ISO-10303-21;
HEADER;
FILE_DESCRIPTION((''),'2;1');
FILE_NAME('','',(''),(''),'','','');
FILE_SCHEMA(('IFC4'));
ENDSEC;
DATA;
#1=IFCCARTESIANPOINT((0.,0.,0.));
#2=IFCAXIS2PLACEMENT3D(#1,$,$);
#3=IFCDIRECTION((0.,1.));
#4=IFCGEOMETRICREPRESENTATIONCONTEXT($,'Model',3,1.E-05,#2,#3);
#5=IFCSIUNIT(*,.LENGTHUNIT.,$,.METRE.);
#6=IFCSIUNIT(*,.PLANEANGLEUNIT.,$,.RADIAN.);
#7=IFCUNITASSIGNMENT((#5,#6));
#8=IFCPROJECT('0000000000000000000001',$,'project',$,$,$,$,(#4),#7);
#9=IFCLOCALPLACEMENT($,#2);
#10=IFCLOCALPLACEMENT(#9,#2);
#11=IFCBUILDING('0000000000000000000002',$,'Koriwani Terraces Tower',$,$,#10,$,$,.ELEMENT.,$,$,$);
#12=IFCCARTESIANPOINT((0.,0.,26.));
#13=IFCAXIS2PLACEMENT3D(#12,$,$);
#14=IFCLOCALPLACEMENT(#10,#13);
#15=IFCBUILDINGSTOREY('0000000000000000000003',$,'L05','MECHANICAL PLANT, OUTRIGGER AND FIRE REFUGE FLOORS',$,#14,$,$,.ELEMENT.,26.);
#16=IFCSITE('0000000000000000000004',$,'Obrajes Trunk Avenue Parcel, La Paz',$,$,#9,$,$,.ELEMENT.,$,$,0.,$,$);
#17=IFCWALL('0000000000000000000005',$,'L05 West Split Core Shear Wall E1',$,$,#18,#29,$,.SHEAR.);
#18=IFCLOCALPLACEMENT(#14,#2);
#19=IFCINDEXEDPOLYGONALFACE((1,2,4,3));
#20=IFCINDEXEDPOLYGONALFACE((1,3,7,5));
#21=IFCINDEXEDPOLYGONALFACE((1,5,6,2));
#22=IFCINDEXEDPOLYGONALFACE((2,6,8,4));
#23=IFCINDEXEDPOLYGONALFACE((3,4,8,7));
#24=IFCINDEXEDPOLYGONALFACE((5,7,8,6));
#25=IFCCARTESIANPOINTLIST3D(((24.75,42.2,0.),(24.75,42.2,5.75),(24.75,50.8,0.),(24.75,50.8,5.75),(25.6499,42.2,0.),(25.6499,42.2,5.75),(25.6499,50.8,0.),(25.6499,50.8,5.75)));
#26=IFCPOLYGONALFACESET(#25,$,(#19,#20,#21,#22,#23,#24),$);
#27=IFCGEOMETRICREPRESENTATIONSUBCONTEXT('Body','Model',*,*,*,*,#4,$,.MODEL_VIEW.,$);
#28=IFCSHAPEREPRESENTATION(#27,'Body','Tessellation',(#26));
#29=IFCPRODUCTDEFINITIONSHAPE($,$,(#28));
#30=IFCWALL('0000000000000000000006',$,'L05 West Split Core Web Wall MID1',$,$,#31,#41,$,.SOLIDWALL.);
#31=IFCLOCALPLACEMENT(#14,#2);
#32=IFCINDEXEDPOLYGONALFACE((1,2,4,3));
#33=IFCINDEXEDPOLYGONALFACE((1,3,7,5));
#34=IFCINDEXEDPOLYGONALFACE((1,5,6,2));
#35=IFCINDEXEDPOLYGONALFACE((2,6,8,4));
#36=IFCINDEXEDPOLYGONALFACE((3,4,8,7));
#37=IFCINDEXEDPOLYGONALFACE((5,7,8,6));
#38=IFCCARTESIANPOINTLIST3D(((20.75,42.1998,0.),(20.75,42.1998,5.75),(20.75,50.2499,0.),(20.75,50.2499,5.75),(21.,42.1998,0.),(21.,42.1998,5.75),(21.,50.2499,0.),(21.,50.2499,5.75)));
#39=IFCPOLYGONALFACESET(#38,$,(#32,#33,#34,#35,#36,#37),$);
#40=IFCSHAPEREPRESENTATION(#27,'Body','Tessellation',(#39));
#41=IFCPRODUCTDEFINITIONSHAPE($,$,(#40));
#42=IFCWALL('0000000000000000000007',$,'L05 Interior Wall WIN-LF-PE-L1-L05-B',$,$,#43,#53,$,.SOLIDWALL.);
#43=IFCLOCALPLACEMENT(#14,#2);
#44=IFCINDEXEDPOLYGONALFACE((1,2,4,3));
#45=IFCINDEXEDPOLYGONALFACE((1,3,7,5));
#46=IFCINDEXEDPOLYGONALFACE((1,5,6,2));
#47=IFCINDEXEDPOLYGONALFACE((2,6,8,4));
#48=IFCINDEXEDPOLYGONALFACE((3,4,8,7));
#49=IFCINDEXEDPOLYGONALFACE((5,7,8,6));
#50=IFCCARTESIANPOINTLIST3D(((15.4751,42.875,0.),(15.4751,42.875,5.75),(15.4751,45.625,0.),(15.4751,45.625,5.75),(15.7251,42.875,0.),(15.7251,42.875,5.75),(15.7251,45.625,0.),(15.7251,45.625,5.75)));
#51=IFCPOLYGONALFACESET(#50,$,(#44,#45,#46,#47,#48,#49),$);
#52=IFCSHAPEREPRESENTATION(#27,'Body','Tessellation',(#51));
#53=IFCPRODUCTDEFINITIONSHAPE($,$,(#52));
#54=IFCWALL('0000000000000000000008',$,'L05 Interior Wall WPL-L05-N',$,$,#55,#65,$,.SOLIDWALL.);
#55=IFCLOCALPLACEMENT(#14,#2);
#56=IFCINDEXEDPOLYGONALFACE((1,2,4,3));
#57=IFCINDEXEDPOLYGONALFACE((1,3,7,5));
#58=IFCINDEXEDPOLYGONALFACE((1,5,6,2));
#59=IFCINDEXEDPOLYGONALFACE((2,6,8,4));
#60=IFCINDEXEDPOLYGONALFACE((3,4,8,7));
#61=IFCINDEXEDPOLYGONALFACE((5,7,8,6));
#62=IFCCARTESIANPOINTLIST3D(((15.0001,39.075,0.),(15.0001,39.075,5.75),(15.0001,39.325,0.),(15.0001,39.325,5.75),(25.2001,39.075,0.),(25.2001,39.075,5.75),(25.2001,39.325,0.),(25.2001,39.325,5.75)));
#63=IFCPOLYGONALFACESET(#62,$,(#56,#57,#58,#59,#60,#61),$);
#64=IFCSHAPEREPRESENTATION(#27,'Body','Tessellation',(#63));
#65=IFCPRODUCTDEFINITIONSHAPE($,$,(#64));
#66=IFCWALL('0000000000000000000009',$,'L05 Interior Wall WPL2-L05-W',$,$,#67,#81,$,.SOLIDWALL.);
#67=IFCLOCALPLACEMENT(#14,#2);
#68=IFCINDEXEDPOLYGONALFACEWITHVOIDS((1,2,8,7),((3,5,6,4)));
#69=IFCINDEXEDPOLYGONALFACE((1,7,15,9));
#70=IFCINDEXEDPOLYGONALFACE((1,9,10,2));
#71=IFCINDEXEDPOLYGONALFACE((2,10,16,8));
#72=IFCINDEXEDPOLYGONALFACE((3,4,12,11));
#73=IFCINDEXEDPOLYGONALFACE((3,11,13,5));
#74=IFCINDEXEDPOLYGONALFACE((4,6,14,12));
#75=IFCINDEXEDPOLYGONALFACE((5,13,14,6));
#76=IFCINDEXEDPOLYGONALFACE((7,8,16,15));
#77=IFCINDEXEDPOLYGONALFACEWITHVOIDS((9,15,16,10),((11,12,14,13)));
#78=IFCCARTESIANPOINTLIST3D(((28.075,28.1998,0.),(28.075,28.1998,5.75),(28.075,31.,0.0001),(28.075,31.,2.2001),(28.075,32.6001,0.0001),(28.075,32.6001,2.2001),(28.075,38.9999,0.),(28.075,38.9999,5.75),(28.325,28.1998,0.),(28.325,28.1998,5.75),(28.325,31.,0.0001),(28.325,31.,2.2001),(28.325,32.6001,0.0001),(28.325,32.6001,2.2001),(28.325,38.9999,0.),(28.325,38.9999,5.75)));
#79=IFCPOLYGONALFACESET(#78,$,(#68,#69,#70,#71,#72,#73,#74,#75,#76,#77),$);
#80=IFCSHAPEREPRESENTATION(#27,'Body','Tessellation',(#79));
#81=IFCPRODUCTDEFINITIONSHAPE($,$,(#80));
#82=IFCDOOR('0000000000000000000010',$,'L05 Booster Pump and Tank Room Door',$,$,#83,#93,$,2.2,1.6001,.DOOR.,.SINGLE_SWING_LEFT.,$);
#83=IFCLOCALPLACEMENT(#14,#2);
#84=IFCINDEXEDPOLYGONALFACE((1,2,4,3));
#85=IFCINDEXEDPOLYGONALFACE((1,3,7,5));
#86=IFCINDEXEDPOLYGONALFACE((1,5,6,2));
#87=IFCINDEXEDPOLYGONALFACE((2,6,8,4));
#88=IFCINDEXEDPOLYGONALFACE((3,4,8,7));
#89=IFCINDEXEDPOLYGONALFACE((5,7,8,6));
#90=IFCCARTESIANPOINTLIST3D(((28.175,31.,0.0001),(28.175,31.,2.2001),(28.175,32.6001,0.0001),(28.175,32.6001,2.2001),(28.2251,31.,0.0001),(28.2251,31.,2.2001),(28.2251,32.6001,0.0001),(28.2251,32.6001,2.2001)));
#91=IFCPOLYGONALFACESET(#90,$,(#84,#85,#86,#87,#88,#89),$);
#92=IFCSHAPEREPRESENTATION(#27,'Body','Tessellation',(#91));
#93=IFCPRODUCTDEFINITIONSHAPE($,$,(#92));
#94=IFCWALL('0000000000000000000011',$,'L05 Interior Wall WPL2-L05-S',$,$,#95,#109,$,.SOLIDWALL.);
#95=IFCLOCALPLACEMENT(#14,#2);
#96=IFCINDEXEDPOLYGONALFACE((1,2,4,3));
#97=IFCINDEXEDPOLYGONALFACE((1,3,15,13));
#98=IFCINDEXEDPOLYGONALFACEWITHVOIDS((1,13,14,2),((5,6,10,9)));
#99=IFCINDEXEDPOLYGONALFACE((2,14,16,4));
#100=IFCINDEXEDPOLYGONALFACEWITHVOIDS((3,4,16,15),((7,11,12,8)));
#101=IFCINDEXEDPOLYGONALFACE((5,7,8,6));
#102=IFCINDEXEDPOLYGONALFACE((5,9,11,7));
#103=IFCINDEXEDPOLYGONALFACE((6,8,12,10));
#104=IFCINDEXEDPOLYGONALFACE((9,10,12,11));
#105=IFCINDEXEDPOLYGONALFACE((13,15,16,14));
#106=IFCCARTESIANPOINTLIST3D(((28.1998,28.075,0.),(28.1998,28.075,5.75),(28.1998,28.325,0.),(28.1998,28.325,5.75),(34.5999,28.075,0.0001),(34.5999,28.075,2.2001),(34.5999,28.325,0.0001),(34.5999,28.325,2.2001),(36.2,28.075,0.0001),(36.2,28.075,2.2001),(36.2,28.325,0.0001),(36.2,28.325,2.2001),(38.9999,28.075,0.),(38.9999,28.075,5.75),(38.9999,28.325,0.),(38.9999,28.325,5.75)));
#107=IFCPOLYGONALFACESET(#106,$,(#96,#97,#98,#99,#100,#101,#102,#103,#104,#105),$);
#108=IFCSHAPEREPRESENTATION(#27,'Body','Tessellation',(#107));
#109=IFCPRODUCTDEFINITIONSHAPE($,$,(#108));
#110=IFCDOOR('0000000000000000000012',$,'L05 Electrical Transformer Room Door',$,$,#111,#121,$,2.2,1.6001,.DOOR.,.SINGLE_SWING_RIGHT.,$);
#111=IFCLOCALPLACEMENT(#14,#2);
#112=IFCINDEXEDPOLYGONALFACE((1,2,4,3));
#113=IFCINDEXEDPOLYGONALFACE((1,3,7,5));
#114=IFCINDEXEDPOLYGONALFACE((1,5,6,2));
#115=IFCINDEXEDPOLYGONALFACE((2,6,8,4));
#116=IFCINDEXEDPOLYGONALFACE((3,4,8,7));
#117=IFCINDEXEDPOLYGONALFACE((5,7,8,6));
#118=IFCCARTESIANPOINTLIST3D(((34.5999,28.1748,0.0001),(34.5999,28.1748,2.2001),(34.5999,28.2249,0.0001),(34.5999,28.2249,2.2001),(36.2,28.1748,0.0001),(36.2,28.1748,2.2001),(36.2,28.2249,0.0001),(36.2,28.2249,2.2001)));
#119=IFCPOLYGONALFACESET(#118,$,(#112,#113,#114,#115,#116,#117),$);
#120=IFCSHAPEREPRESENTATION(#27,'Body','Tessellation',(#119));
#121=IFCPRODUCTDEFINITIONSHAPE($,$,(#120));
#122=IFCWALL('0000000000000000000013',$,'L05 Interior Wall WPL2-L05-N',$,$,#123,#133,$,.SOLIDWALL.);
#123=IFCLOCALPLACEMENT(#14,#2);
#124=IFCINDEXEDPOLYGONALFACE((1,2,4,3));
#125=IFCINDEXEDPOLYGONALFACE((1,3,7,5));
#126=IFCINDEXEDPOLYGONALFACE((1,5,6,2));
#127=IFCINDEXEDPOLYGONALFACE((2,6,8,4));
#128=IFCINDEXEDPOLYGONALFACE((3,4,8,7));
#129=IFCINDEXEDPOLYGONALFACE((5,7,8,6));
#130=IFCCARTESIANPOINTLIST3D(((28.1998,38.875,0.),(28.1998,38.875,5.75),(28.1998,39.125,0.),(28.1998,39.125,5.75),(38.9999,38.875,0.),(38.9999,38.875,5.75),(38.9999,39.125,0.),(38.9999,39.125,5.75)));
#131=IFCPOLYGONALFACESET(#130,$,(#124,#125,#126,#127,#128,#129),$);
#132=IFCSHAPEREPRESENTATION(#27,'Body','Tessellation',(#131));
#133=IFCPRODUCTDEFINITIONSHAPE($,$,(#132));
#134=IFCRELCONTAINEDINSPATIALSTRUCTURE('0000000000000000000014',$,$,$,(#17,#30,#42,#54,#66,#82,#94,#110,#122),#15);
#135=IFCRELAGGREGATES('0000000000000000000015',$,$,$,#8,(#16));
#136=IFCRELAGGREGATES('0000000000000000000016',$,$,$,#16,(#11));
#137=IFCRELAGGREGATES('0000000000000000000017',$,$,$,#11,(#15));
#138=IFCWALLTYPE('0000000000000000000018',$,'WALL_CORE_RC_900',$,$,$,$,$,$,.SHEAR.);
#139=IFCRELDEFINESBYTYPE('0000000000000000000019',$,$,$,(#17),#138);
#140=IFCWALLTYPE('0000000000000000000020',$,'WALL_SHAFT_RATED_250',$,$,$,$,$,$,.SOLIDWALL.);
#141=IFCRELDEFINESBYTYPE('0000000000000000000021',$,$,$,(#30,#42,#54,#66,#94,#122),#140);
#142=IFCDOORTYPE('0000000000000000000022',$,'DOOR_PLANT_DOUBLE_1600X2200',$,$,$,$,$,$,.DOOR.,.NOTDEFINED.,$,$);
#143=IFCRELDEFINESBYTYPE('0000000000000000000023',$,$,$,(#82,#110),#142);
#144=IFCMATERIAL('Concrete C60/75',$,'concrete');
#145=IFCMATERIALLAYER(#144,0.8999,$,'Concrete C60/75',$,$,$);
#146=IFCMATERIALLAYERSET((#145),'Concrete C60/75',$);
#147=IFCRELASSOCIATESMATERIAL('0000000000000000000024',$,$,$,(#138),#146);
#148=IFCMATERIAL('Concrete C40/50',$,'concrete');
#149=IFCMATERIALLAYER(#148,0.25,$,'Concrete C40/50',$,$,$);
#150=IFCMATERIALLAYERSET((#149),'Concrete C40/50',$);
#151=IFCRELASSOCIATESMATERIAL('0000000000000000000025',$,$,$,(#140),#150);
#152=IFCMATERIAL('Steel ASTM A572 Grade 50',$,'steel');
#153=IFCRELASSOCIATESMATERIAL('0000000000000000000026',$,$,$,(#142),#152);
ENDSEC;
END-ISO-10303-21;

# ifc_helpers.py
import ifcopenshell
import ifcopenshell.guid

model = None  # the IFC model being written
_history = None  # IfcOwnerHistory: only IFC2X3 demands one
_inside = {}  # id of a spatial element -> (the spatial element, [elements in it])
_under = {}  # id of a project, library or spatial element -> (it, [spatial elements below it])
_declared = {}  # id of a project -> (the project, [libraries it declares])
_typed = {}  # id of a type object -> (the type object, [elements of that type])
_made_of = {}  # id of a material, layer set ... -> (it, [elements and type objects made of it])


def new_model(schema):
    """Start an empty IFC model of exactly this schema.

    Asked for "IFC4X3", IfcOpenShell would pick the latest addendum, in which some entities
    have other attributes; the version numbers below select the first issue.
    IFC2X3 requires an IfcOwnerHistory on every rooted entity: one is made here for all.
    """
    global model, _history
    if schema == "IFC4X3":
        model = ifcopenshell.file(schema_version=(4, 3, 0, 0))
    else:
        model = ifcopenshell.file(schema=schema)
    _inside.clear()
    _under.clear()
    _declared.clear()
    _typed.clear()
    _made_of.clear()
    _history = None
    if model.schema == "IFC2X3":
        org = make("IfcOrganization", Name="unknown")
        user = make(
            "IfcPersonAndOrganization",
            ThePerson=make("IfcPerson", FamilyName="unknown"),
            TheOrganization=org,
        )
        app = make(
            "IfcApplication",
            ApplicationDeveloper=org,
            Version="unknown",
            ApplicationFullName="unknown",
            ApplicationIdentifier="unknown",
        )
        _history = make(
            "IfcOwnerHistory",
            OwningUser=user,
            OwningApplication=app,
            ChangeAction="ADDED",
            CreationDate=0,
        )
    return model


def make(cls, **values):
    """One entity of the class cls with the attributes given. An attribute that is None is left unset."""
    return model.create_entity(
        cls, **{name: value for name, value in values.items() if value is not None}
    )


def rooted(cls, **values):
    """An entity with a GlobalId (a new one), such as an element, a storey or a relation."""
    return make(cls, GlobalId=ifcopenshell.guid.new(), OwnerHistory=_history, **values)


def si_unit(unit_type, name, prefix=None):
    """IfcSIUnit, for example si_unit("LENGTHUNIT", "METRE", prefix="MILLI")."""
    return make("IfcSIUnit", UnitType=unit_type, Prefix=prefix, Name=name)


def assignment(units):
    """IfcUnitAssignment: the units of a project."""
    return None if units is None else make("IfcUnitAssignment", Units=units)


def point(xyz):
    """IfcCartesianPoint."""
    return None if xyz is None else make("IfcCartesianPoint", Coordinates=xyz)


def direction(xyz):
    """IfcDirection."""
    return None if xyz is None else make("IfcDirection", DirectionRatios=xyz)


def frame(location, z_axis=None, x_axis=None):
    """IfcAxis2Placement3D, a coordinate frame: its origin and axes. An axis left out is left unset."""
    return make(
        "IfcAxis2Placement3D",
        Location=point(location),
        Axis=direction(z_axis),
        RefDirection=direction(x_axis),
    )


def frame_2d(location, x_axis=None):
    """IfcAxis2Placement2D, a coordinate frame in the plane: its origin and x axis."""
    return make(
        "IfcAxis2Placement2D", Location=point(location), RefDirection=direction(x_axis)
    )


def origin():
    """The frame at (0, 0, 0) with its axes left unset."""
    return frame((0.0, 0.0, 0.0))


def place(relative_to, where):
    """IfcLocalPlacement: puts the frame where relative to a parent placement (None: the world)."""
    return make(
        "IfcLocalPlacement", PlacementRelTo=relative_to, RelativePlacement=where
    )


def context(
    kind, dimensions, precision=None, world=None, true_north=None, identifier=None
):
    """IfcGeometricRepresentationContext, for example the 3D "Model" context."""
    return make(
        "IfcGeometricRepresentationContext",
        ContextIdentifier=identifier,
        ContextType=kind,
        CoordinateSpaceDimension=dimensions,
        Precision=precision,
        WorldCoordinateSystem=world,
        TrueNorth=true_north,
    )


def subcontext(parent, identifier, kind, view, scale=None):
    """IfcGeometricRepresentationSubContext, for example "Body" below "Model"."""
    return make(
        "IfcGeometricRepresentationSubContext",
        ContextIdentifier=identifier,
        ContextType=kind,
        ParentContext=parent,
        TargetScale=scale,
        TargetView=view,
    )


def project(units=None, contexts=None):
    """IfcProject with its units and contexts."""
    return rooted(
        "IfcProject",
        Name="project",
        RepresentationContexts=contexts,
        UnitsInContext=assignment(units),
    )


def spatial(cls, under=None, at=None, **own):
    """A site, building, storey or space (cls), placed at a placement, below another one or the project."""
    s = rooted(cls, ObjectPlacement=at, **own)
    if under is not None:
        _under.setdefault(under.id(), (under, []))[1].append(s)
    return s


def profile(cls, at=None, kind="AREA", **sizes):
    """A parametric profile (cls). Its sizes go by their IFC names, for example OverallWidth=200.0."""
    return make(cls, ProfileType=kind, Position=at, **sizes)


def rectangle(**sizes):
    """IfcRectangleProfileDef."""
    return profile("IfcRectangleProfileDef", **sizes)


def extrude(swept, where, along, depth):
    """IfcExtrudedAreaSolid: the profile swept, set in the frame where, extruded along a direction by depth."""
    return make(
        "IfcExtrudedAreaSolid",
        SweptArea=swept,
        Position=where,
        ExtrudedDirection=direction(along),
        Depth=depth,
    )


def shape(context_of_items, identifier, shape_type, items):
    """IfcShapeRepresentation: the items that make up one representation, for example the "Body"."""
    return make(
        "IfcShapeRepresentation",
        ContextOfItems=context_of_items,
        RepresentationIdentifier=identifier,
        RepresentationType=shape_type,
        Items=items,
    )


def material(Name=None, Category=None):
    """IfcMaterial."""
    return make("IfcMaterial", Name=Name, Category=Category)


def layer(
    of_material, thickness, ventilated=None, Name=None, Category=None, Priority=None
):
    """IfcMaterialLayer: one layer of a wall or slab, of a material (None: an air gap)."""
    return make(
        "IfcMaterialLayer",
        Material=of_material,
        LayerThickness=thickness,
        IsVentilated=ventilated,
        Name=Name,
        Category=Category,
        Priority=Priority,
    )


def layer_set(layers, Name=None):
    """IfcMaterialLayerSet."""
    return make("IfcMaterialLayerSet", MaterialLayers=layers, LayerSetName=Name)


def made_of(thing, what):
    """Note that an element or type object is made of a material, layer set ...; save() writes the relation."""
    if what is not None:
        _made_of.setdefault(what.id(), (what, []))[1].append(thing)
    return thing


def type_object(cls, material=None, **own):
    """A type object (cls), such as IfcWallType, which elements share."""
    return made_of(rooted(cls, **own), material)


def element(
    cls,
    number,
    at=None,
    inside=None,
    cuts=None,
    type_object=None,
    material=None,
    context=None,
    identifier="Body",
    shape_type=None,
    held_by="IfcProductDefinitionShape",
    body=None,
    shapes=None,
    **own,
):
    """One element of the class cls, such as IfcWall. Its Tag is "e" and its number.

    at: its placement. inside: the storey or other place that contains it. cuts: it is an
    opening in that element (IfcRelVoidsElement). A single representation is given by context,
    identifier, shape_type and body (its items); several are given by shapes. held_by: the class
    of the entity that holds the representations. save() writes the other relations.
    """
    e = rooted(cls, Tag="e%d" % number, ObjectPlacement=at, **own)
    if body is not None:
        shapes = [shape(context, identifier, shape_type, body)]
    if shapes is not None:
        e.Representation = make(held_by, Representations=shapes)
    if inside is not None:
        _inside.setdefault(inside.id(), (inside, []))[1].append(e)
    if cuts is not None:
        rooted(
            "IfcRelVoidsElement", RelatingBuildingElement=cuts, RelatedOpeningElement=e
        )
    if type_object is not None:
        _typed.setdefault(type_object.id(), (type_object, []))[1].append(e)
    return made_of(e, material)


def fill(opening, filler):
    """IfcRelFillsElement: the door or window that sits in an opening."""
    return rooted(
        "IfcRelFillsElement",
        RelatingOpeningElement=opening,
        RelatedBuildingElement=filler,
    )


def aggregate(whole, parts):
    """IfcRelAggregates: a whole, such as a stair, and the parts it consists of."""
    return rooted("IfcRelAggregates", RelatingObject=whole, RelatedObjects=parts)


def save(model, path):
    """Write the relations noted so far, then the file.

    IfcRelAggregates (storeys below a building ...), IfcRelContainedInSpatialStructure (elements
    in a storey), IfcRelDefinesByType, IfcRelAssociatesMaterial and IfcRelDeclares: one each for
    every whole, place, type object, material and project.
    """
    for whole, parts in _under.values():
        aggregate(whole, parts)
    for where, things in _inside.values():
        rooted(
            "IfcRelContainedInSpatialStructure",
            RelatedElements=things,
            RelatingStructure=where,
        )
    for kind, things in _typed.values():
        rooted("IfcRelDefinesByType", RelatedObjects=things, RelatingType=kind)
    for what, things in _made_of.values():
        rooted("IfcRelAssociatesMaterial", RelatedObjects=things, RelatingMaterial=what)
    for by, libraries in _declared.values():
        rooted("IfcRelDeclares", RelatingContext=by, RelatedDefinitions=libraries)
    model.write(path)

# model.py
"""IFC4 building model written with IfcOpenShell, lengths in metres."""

from ifc_helpers import new_model, si_unit, direction, frame, frame_2d, origin, place, context, subcontext, project, spatial, rectangle, extrude, material, layer, layer_set, type_object, element, fill, save


model = new_model("IFC4")

# Units and contexts
model_context = context("Model", 3, precision=1e-05, world=origin(), true_north=direction((0.0, 1.0)))
body_context = subcontext(model_context, "Body", "Model", "MODEL_VIEW")
ifc_project = project(units=[si_unit("LENGTHUNIT", "METRE"), si_unit("PLANEANGLEUNIT", "RADIAN")], contexts=[model_context])

# Site, building, storey
site_placement = place(None, origin())
site = spatial("IfcSite", under=ifc_project, at=site_placement, Name="Obrajes Trunk Avenue Parcel, La Paz", CompositionType="ELEMENT", RefElevation=0.0)
building_placement = place(site_placement, origin())
building = spatial("IfcBuilding", under=site, at=building_placement, Name="Koriwani Terraces Tower", CompositionType="ELEMENT")
storey_placement = place(building_placement, frame((0.0, 0.0, 26.0)))
storey = spatial("IfcBuildingStorey", under=building, at=storey_placement, Name="L05", Description="MECHANICAL PLANT, OUTRIGGER AND FIRE REFUGE FLOORS", CompositionType="ELEMENT", Elevation=26.0)

# Shared definitions
ifc_material_1 = material(Name="Concrete C60/75", Category="concrete")

# Shared definitions
ifc_material_2 = material(Name="Concrete C40/50", Category="concrete")

# Shared definitions
ifc_material_3 = material(Name="Steel ASTM A572 Grade 50", Category="steel")

# Walls
ifc_layer_1 = layer(ifc_material_1, 0.8999, Name="Concrete C60/75")
ifc_layer_set_1 = layer_set([ifc_layer_1], Name="Concrete C60/75")
wall_type_1 = type_object("IfcWallType", Name="WALL_CORE_RC_900", PredefinedType="SHEAR", material=ifc_layer_set_1)
wall_1_placement = place(storey_placement, frame((25.2, 42.2, 0.0), z_axis=(0.0, 0.0, 1.0), x_axis=(0.0, 1.0, 0.0)))
element("IfcWall", 1, at=wall_1_placement, inside=storey, type_object=wall_type_1, Name="L05 West Split Core Shear Wall E1", PredefinedType="SHEAR", context=body_context, shape_type="SweptSolid", body=[
    extrude(rectangle(XDim=8.6001, YDim=0.8999, at=frame_2d((4.3, 0.0))), origin(), (0.0, 0.0, 1.0), 5.75),
])
ifc_layer_2 = layer(ifc_material_2, 0.25, Name="Concrete C40/50")
ifc_layer_set_2 = layer_set([ifc_layer_2], Name="Concrete C40/50")
wall_type_2 = type_object("IfcWallType", Name="WALL_SHAFT_RATED_250", PredefinedType="SOLIDWALL", material=ifc_layer_set_2)
wall_2_placement = place(storey_placement, frame((20.875, 42.2, 0.0), z_axis=(0.0, 0.0, 1.0), x_axis=(0.0, 1.0, 0.0)))
element("IfcWall", 2, at=wall_2_placement, inside=storey, type_object=wall_type_2, Name="L05 West Split Core Web Wall MID1", PredefinedType="SOLIDWALL", context=body_context, shape_type="SweptSolid", body=[
    extrude(rectangle(XDim=8.05, YDim=0.25, at=frame_2d((4.0249, 0.0))), origin(), (0.0, 0.0, 1.0), 5.75),
])

# Walls
wall_3_placement = place(storey_placement, frame((15.6001, 42.875, 0.0), z_axis=(0.0, 0.0, 1.0), x_axis=(0.0, 1.0, 0.0)))
element("IfcWall", 3, at=wall_3_placement, inside=storey, type_object=wall_type_2, Name="L05 Interior Wall WIN-LF-PE-L1-L05-B", PredefinedType="SOLIDWALL", context=body_context, shape_type="SweptSolid", body=[
    extrude(rectangle(XDim=2.75, YDim=0.25, at=frame_2d((1.375, 0.0))), origin(), (0.0, 0.0, 1.0), 5.75),
])
wall_4_placement = place(storey_placement, frame((15.0, 39.2, 0.0), z_axis=(0.0, 0.0, 1.0), x_axis=(1.0, 0.0, 0.0)))
element("IfcWall", 4, at=wall_4_placement, inside=storey, type_object=wall_type_2, Name="L05 Interior Wall WPL-L05-N", PredefinedType="SOLIDWALL", context=body_context, shape_type="SweptSolid", body=[
    extrude(rectangle(XDim=10.2, YDim=0.25, at=frame_2d((5.1001, 0.0))), origin(), (0.0, 0.0, 1.0), 5.75),
])

# Walls, openings, doors
wall_5_placement = place(storey_placement, frame((28.2, 28.2, 0.0), z_axis=(0.0, 0.0, 1.0), x_axis=(0.0, 1.0, 0.0)))
wall_5 = element("IfcWall", 5, at=wall_5_placement, inside=storey, type_object=wall_type_2, Name="L05 Interior Wall WPL2-L05-W", PredefinedType="SOLIDWALL", context=body_context, shape_type="SweptSolid", body=[
    extrude(rectangle(XDim=10.8, YDim=0.25, at=frame_2d((5.3999, 0.0))), origin(), (0.0, 0.0, 1.0), 5.75),
])
opening_1_placement = place(wall_5_placement, frame((2.8, 0.0, 0.0)))
opening_1 = element("IfcOpeningElement", 6, at=opening_1_placement, cuts=wall_5, PredefinedType="OPENING", context=body_context, shape_type="SweptSolid", body=[
    extrude(rectangle(XDim=1.6001, YDim=2.2, at=frame_2d((0.8, 1.1001))), frame((0.0, 0.135, 0.0), z_axis=(0.0, -1.0, 0.0), x_axis=(1.0, 0.0, 0.0)), (0.0, 0.0, 1.0), 0.27),
])
door_type_1 = type_object("IfcDoorType", Name="DOOR_PLANT_DOUBLE_1600X2200", OperationType="NOTDEFINED", PredefinedType="DOOR", material=ifc_material_3)
door_1_placement = place(opening_1_placement, origin())
door_1 = element("IfcDoor", 7, at=door_1_placement, inside=storey, type_object=door_type_1, Name="L05 Booster Pump and Tank Room Door", OperationType="SINGLE_SWING_LEFT", OverallHeight=2.2, OverallWidth=1.6001, PredefinedType="DOOR", context=body_context, shape_type="SweptSolid", body=[
    extrude(rectangle(XDim=1.6001, YDim=2.2, at=frame_2d((0.8, 1.1001))), frame((0.0, 0.0249, 0.0), z_axis=(0.0, -1.0, 0.0), x_axis=(1.0, 0.0, 0.0)), (0.0, 0.0, 1.0), 0.05),
])
fill(opening_1, door_1)
wall_6_placement = place(storey_placement, frame((28.2, 28.2, 0.0), z_axis=(0.0, 0.0, 1.0), x_axis=(1.0, 0.0, 0.0)))
wall_6 = element("IfcWall", 8, at=wall_6_placement, inside=storey, type_object=wall_type_2, Name="L05 Interior Wall WPL2-L05-S", PredefinedType="SOLIDWALL", context=body_context, shape_type="SweptSolid", body=[
    extrude(rectangle(XDim=10.8, YDim=0.25, at=frame_2d((5.3999, 0.0))), origin(), (0.0, 0.0, 1.0), 5.75),
])
opening_2_placement = place(wall_6_placement, frame((6.3999, 0.0, 0.0)))
opening_2 = element("IfcOpeningElement", 9, at=opening_2_placement, cuts=wall_6, PredefinedType="OPENING", context=body_context, shape_type="SweptSolid", body=[
    extrude(rectangle(XDim=1.6001, YDim=2.2, at=frame_2d((0.8, 1.1001))), frame((0.0, 0.135, 0.0), z_axis=(0.0, -1.0, 0.0), x_axis=(1.0, 0.0, 0.0)), (0.0, 0.0, 1.0), 0.27),
])
door_2_placement = place(opening_2_placement, origin())
door_2 = element("IfcDoor", 10, at=door_2_placement, inside=storey, type_object=door_type_1, Name="L05 Electrical Transformer Room Door", OperationType="SINGLE_SWING_RIGHT", OverallHeight=2.2, OverallWidth=1.6001, PredefinedType="DOOR", context=body_context, shape_type="SweptSolid", body=[
    extrude(rectangle(XDim=1.6001, YDim=2.2, at=frame_2d((0.8, 1.1001))), frame((0.0, 0.0249, 0.0), z_axis=(0.0, -1.0, 0.0), x_axis=(1.0, 0.0, 0.0)), (0.0, 0.0, 1.0), 0.05),
])
fill(opening_2, door_2)

# Wall
wall_7_placement = place(storey_placement, frame((28.2, 39.0, 0.0), z_axis=(0.0, 0.0, 1.0), x_axis=(1.0, 0.0, 0.0)))
element("IfcWall", 11, at=wall_7_placement, inside=storey, type_object=wall_type_2, Name="L05 Interior Wall WPL2-L05-N", PredefinedType="SOLIDWALL", context=body_context, shape_type="SweptSolid", body=[
    extrude(rectangle(XDim=10.8, YDim=0.25, at=frame_2d((5.3999, 0.0))), origin(), (0.0, 0.0, 1.0), 5.75),
])

save(model, "model.ifc")
